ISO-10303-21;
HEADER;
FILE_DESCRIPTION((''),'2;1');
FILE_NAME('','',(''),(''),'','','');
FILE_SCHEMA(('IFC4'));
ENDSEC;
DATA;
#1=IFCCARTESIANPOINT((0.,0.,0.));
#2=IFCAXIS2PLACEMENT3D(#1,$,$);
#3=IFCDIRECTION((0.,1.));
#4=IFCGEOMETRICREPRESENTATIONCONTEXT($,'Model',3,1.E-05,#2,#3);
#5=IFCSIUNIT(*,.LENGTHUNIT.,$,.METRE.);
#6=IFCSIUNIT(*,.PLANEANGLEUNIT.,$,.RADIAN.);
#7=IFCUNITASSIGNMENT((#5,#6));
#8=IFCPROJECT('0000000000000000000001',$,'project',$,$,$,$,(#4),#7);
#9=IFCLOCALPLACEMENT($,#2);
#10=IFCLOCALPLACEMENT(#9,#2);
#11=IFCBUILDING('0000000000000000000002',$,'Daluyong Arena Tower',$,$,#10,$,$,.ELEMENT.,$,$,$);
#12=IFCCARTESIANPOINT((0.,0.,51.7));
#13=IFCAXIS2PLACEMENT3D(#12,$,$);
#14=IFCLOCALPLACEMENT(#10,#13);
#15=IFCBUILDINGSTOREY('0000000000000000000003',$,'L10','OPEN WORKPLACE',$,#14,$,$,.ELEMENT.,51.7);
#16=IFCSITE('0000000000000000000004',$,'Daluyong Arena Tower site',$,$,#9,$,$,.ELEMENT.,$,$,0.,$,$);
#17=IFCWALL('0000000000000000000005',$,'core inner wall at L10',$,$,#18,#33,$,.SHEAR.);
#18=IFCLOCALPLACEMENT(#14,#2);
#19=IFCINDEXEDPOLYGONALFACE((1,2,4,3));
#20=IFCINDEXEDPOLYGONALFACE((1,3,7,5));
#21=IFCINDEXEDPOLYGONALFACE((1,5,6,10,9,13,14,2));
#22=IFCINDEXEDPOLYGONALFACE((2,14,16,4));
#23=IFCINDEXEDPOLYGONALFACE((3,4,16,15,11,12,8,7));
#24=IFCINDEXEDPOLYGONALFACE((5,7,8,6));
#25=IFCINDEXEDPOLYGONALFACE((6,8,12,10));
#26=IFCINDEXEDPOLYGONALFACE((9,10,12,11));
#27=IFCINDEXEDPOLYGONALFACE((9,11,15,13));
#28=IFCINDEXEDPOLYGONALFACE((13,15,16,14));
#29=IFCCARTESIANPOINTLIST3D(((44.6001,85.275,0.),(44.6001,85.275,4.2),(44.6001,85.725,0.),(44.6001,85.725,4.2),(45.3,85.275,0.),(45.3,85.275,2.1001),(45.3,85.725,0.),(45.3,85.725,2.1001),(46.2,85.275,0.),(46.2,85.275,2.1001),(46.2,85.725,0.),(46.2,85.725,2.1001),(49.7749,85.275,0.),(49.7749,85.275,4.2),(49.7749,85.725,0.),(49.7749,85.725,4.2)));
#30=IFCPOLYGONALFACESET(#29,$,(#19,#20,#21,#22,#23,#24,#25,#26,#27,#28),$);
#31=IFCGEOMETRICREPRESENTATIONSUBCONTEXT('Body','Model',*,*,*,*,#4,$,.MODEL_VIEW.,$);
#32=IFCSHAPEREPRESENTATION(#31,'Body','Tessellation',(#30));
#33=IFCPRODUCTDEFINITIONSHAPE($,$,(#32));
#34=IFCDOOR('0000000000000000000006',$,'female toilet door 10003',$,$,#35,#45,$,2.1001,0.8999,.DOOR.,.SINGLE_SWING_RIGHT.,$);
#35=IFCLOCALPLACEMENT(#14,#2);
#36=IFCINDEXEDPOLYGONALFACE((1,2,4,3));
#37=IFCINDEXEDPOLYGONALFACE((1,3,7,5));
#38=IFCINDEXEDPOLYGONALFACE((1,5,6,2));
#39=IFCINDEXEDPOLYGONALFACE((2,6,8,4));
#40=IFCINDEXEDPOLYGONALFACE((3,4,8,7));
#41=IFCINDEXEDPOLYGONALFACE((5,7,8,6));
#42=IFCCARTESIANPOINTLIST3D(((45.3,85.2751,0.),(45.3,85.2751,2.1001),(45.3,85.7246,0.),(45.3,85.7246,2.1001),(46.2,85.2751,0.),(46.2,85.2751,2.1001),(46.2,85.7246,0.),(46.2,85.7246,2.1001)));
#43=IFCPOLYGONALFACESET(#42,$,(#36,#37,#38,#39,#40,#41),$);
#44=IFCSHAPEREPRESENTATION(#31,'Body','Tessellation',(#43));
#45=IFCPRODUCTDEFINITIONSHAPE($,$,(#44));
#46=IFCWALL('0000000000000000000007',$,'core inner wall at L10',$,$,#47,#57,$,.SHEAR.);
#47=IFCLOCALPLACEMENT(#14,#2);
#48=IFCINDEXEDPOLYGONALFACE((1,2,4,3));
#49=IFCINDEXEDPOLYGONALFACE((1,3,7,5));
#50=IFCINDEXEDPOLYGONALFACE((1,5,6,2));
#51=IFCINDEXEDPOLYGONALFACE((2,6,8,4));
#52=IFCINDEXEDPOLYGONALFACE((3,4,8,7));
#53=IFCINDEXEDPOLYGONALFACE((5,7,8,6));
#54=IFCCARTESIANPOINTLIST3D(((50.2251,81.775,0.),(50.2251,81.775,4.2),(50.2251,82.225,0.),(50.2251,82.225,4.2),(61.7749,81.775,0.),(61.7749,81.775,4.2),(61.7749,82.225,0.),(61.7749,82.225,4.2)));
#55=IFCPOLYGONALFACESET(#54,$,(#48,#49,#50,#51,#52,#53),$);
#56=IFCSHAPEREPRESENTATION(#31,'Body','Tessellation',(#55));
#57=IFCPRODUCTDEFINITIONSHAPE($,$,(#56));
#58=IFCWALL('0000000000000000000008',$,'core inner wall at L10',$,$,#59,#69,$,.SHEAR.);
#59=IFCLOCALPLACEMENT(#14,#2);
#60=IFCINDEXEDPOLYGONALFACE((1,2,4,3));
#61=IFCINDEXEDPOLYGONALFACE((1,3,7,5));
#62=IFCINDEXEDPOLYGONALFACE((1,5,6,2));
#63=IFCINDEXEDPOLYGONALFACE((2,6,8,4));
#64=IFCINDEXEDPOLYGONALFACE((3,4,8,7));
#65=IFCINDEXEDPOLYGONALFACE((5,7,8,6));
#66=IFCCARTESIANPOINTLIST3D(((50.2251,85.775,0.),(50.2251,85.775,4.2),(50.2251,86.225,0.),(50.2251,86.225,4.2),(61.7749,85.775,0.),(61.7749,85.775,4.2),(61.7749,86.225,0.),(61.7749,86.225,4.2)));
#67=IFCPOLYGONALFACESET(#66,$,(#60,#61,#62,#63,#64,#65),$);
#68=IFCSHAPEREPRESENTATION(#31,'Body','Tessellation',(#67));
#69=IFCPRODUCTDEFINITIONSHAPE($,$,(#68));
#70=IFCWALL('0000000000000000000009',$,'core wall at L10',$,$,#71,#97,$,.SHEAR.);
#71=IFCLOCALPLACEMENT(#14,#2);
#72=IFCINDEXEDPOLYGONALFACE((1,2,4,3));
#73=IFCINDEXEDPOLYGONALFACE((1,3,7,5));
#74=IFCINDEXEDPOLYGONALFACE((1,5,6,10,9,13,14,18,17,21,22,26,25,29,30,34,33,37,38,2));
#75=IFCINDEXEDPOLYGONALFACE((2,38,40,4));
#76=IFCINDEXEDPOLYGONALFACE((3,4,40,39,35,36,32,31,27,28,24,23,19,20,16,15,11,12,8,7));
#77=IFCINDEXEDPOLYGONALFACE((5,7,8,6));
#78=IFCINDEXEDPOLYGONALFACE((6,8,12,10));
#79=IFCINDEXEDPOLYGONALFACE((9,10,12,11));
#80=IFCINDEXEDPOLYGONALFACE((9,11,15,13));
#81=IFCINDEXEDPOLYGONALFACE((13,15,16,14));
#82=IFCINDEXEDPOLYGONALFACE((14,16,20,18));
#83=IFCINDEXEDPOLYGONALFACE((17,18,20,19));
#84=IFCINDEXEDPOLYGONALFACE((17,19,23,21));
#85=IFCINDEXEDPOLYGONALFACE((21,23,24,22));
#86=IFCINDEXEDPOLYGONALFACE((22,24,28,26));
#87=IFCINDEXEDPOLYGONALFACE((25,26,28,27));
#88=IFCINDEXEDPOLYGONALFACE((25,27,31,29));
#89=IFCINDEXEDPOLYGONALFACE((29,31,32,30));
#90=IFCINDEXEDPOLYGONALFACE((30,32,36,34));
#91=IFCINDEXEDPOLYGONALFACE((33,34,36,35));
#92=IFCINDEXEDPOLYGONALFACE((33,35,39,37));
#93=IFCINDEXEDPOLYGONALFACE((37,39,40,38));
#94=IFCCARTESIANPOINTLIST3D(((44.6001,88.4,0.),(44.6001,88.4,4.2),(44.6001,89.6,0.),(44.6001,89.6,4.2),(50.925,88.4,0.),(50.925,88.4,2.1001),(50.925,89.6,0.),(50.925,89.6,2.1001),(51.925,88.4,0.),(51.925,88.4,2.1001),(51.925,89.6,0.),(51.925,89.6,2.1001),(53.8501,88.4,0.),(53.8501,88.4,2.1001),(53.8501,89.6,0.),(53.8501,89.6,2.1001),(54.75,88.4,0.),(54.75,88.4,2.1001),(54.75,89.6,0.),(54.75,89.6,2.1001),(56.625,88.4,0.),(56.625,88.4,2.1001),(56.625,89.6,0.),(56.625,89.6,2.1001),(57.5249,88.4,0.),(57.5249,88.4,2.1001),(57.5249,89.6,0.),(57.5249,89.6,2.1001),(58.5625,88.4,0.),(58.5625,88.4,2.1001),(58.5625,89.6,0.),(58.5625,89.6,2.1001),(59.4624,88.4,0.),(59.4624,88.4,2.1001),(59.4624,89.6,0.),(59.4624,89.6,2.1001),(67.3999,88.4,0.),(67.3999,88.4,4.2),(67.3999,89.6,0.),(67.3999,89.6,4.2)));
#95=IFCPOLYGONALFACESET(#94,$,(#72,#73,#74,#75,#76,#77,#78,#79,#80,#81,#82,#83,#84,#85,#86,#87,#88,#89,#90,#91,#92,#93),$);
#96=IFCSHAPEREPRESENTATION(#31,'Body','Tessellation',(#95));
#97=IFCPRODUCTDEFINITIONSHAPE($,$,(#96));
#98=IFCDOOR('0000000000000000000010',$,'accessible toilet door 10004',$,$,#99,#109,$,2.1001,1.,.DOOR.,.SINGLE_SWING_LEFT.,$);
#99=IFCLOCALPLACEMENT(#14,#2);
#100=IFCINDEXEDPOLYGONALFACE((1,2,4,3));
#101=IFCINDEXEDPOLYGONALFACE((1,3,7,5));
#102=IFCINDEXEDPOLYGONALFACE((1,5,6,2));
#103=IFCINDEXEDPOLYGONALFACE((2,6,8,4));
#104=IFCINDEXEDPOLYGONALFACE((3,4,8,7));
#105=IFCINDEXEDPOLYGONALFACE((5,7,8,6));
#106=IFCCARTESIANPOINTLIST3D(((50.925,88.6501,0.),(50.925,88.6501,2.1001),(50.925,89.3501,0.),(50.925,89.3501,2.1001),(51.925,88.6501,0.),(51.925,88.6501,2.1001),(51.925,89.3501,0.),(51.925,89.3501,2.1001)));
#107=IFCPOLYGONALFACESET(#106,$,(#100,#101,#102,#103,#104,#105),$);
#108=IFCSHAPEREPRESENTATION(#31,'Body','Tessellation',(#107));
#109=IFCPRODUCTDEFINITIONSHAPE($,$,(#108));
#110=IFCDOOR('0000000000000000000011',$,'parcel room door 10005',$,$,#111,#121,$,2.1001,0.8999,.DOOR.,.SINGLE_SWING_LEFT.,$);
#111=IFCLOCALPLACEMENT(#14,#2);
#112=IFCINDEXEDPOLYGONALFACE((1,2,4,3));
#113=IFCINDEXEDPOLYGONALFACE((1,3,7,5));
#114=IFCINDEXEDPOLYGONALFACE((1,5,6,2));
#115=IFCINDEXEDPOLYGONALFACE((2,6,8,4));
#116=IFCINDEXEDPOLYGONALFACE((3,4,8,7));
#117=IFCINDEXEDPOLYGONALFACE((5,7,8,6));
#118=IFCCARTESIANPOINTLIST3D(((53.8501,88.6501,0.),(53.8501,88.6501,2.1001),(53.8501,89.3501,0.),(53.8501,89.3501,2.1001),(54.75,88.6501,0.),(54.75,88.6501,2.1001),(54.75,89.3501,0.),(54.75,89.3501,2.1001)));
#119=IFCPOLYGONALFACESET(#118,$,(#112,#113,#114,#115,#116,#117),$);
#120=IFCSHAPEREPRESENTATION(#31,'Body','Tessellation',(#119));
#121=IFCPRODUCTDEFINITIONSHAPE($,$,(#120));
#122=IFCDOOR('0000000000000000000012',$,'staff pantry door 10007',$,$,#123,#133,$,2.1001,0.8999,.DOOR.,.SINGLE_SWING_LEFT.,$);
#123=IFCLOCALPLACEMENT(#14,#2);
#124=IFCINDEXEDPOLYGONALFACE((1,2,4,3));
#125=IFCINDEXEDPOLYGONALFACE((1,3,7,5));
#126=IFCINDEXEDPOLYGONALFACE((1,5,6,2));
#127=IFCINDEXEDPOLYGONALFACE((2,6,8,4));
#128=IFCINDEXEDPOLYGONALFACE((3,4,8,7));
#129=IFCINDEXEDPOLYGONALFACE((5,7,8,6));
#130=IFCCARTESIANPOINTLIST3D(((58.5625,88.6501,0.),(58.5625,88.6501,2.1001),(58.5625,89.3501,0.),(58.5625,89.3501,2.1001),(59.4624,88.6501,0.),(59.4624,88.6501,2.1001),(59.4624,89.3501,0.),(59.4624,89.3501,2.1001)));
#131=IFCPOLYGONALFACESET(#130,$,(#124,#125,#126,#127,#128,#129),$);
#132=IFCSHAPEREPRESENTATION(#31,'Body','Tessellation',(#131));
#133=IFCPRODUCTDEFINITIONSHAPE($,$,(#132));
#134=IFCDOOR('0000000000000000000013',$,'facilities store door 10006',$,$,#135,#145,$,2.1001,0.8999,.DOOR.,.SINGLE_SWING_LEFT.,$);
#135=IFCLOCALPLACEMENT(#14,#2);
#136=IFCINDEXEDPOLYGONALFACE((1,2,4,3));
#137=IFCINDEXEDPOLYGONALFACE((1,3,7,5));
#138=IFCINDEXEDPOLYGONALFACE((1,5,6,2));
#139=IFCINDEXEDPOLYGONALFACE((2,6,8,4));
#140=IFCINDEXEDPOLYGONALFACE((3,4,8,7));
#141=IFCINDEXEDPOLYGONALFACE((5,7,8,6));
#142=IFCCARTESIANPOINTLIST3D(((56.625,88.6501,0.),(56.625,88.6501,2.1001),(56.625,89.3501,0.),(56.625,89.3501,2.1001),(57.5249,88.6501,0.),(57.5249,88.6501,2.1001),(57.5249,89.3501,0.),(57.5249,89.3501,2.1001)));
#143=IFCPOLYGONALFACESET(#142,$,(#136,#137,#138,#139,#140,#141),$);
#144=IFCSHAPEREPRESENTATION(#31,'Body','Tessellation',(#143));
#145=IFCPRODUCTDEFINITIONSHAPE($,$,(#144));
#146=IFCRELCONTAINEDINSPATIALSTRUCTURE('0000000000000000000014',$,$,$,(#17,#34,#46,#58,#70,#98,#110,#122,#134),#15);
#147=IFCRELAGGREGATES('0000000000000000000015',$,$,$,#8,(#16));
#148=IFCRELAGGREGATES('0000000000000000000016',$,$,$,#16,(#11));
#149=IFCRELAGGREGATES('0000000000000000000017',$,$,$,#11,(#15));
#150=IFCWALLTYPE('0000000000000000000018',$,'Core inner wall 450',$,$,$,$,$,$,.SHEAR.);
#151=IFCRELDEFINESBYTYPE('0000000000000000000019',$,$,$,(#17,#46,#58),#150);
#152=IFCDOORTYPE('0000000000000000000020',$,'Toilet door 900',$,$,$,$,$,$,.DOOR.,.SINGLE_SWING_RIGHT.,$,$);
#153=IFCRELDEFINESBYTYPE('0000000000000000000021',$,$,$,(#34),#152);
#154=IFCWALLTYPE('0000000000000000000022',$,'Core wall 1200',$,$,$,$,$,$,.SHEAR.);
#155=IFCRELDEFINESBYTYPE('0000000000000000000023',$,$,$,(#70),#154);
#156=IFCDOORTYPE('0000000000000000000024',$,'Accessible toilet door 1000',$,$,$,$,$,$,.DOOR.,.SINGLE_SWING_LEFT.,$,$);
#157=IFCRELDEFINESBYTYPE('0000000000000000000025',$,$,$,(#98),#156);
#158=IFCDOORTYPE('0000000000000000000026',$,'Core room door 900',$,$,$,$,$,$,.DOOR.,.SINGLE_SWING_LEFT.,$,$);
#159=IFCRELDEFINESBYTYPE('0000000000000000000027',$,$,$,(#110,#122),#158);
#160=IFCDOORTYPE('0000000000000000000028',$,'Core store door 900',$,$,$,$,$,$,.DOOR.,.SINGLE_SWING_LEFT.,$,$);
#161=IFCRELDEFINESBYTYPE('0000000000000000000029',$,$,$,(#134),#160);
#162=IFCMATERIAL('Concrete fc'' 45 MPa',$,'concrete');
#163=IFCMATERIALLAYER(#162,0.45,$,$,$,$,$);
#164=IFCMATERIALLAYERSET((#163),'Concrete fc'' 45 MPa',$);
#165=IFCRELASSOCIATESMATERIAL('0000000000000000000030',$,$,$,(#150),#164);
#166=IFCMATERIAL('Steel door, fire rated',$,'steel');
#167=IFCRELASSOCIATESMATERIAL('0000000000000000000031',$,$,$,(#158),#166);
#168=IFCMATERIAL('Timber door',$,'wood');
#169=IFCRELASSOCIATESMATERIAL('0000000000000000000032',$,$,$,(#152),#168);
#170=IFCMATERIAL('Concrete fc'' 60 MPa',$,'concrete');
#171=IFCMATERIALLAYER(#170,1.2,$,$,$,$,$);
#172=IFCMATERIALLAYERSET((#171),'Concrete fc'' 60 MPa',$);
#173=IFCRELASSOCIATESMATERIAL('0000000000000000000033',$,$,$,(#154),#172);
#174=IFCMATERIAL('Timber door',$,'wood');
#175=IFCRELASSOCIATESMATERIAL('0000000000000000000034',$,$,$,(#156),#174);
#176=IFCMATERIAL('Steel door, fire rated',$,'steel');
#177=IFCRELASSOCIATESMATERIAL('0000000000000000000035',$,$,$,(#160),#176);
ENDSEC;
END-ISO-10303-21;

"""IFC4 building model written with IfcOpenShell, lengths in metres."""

from ifc_helpers import new_model, si_unit, direction, frame, frame_2d, origin, place, context, subcontext, project, spatial, rectangle, extrude, material, layer, layer_set, type_object, element, fill, save


model = new_model("IFC4")

# Units and contexts
model_context = context("Model", 3, precision=1e-05, world=origin(), true_north=direction((0.0, 1.0)))
body_context = subcontext(model_context, "Body", "Model", "MODEL_VIEW")
ifc_project = project(units=[si_unit("LENGTHUNIT", "METRE"), si_unit("PLANEANGLEUNIT", "RADIAN")], contexts=[model_context])

# Site, building, storey
site_placement = place(None, origin())
site = spatial("IfcSite", under=ifc_project, at=site_placement, Name="Daluyong Arena Tower site", CompositionType="ELEMENT", RefElevation=0.0)
building_placement = place(site_placement, origin())
building = spatial("IfcBuilding", under=site, at=building_placement, Name="Daluyong Arena Tower", CompositionType="ELEMENT")
storey_placement = place(building_placement, frame((0.0, 0.0, 51.7)))
storey = spatial("IfcBuildingStorey", under=building, at=storey_placement, Name="L10", Description="OPEN WORKPLACE", CompositionType="ELEMENT", Elevation=51.7)

# Wall, opening, door
ifc_material_1 = material(Name="Concrete fc' 45 MPa", Category="concrete")
ifc_layer_1 = layer(ifc_material_1, 0.45)
ifc_layer_set_1 = layer_set([ifc_layer_1], Name="Concrete fc' 45 MPa")
wall_type_1 = type_object("IfcWallType", Name="Core inner wall 450", PredefinedType="SHEAR", material=ifc_layer_set_1)
ifc_material_2 = material(Name="Steel door, fire rated", Category="steel")
door_type_1 = type_object("IfcDoorType", Name="Core room door 900", OperationType="SINGLE_SWING_LEFT", PredefinedType="DOOR", material=ifc_material_2)
wall_1_placement = place(storey_placement, frame((44.6001, 85.5, 0.0), z_axis=(0.0, 0.0, 1.0), x_axis=(1.0, 0.0, 0.0)))
wall_1 = element("IfcWall", 1, at=wall_1_placement, inside=storey, type_object=wall_type_1, Name="core inner wall at L10", PredefinedType="SHEAR", context=body_context, shape_type="SweptSolid", body=[
    extrude(rectangle(XDim=5.1748, YDim=0.45, at=frame_2d((2.5874, 0.0))), origin(), (0.0, 0.0, 1.0), 4.2),
])
opening_1_placement = place(wall_1_placement, frame((0.7, 0.0, 0.0)))
opening_1 = element("IfcOpeningElement", 2, at=opening_1_placement, cuts=wall_1, PredefinedType="OPENING", context=body_context, shape_type="SweptSolid", body=[
    extrude(rectangle(XDim=0.8999, YDim=2.1001, at=frame_2d((0.45, 1.05))), frame((0.0, 0.2349, 0.0), z_axis=(0.0, -1.0, 0.0), x_axis=(1.0, 0.0, 0.0)), (0.0, 0.0, 1.0), 0.47),
])
ifc_material_3 = material(Name="Timber door", Category="wood")
door_type_2 = type_object("IfcDoorType", Name="Toilet door 900", OperationType="SINGLE_SWING_RIGHT", PredefinedType="DOOR", material=ifc_material_3)
door_1_placement = place(opening_1_placement, origin())
door_1 = element("IfcDoor", 3, at=door_1_placement, inside=storey, type_object=door_type_2, Name="female toilet door 10003", OperationType="SINGLE_SWING_RIGHT", OverallHeight=2.1001, OverallWidth=0.8999, PredefinedType="DOOR", context=body_context, shape_type="SweptSolid", body=[
    extrude(rectangle(XDim=0.8999, YDim=2.1001, at=frame_2d((0.45, 1.05))), frame((0.0, 0.2246, 0.0), z_axis=(0.0, -1.0, 0.0), x_axis=(1.0, 0.0, 0.0)), (0.0, 0.0, 1.0), 0.4495),
])
fill(opening_1, door_1)

# Walls
for number, where, z_axis, x_axis, name in (
    (4, (50.2251, 82.0, 0.0), (0.0, 0.0, 1.0), (1.0, 0.0, 0.0), "core inner wall at L10"),
    (5, (50.2251, 86.0, 0.0), (0.0, 0.0, 1.0), (1.0, 0.0, 0.0), "core inner wall at L10"),
):
    element("IfcWall", number, at=place(storey_placement, frame(where, z_axis=z_axis, x_axis=x_axis)), inside=storey, type_object=wall_type_1, Name=name, PredefinedType="SHEAR", context=body_context, shape_type="SweptSolid", body=[
        extrude(rectangle(XDim=11.5498, YDim=0.45, at=frame_2d((5.7749, 0.0))), origin(), (0.0, 0.0, 1.0), 4.2),
    ])

# Wall, openings, doors
ifc_material_4 = material(Name="Concrete fc' 60 MPa", Category="concrete")
ifc_layer_2 = layer(ifc_material_4, 1.2)
ifc_layer_set_2 = layer_set([ifc_layer_2], Name="Concrete fc' 60 MPa")
wall_type_2 = type_object("IfcWallType", Name="Core wall 1200", PredefinedType="SHEAR", material=ifc_layer_set_2)
wall_2_placement = place(storey_placement, frame((44.6001, 89.0, 0.0), z_axis=(0.0, 0.0, 1.0), x_axis=(1.0, 0.0, 0.0)))
wall_2 = element("IfcWall", 6, at=wall_2_placement, inside=storey, type_object=wall_type_2, Name="core wall at L10", PredefinedType="SHEAR", context=body_context, shape_type="SweptSolid", body=[
    extrude(rectangle(XDim=22.7998, YDim=1.2, at=frame_2d((11.3999, 0.0))), origin(), (0.0, 0.0, 1.0), 4.2),
])
opening_2_placement = place(wall_2_placement, frame((6.325, 0.0, 0.0)))
opening_2 = element("IfcOpeningElement", 7, at=opening_2_placement, cuts=wall_2, PredefinedType="OPENING", context=body_context, shape_type="SweptSolid", body=[
    extrude(rectangle(XDim=1.0, YDim=2.1001, at=frame_2d((0.5, 1.05))), frame((0.0, 0.6099, 0.0), z_axis=(0.0, -1.0, 0.0), x_axis=(1.0, 0.0, 0.0)), (0.0, 0.0, 1.0), 1.22),
])
opening_3_placement = place(wall_2_placement, frame((9.25, 0.0, 0.0)))
opening_3 = element("IfcOpeningElement", 8, at=opening_3_placement, cuts=wall_2, PredefinedType="OPENING", context=body_context, shape_type="SweptSolid", body=[
    extrude(rectangle(XDim=0.8999, YDim=2.1001, at=frame_2d((0.45, 1.05))), frame((0.0, 0.6099, 0.0), z_axis=(0.0, -1.0, 0.0), x_axis=(1.0, 0.0, 0.0)), (0.0, 0.0, 1.0), 1.22),
])
opening_4_placement = place(wall_2_placement, frame((12.0249, 0.0, 0.0)))
opening_4 = element("IfcOpeningElement", 9, at=opening_4_placement, cuts=wall_2, PredefinedType="OPENING", context=body_context, shape_type="SweptSolid", body=[
    extrude(rectangle(XDim=0.8999, YDim=2.1001, at=frame_2d((0.45, 1.05))), frame((0.0, 0.6099, 0.0), z_axis=(0.0, -1.0, 0.0), x_axis=(1.0, 0.0, 0.0)), (0.0, 0.0, 1.0), 1.22),
])
opening_5_placement = place(wall_2_placement, frame((13.9624, 0.0, 0.0)))
opening_5 = element("IfcOpeningElement", 10, at=opening_5_placement, cuts=wall_2, PredefinedType="OPENING", context=body_context, shape_type="SweptSolid", body=[
    extrude(rectangle(XDim=0.8999, YDim=2.1001, at=frame_2d((0.45, 1.05))), frame((0.0, 0.6099, 0.0), z_axis=(0.0, -1.0, 0.0), x_axis=(1.0, 0.0, 0.0)), (0.0, 0.0, 1.0), 1.22),
])
ifc_material_5 = material(Name="Timber door", Category="wood")
door_type_3 = type_object("IfcDoorType", Name="Accessible toilet door 1000", OperationType="SINGLE_SWING_LEFT", PredefinedType="DOOR", material=ifc_material_5)
door_2_placement = place(opening_2_placement, origin())
door_2 = element("IfcDoor", 11, at=door_2_placement, inside=storey, type_object=door_type_3, Name="accessible toilet door 10004", OperationType="SINGLE_SWING_LEFT", OverallHeight=2.1001, OverallWidth=1.0, PredefinedType="DOOR", context=body_context, shape_type="SweptSolid", body=[
    extrude(rectangle(XDim=1.0, YDim=2.1001, at=frame_2d((0.5, 1.05))), frame((0.0, 0.3501, 0.0), z_axis=(0.0, -1.0, 0.0), x_axis=(1.0, 0.0, 0.0)), (0.0, 0.0, 1.0), 0.7),
])
fill(opening_2, door_2)
door_3_placement = place(opening_3_placement, origin())
door_3 = element("IfcDoor", 12, at=door_3_placement, inside=storey, type_object=door_type_1, Name="parcel room door 10005", OperationType="SINGLE_SWING_LEFT", OverallHeight=2.1001, OverallWidth=0.8999, PredefinedType="DOOR", context=body_context, shape_type="SweptSolid", body=[
    extrude(rectangle(XDim=0.8999, YDim=2.1001, at=frame_2d((0.45, 1.05))), frame((0.0, 0.3501, 0.0), z_axis=(0.0, -1.0, 0.0), x_axis=(1.0, 0.0, 0.0)), (0.0, 0.0, 1.0), 0.7),
])
fill(opening_3, door_3)
door_4_placement = place(opening_5_placement, origin())
door_4 = element("IfcDoor", 13, at=door_4_placement, inside=storey, type_object=door_type_1, Name="staff pantry door 10007", OperationType="SINGLE_SWING_LEFT", OverallHeight=2.1001, OverallWidth=0.8999, PredefinedType="DOOR", context=body_context, shape_type="SweptSolid", body=[
    extrude(rectangle(XDim=0.8999, YDim=2.1001, at=frame_2d((0.45, 1.05))), frame((0.0, 0.3501, 0.0), z_axis=(0.0, -1.0, 0.0), x_axis=(1.0, 0.0, 0.0)), (0.0, 0.0, 1.0), 0.7),
])
fill(opening_5, door_4)
ifc_material_6 = material(Name="Steel door, fire rated", Category="steel")
door_type_4 = type_object("IfcDoorType", Name="Core store door 900", OperationType="SINGLE_SWING_LEFT", PredefinedType="DOOR", material=ifc_material_6)
door_5_placement = place(opening_4_placement, origin())
door_5 = element("IfcDoor", 14, at=door_5_placement, inside=storey, type_object=door_type_4, Name="facilities store door 10006", OperationType="SINGLE_SWING_LEFT", OverallHeight=2.1001, OverallWidth=0.8999, PredefinedType="DOOR", context=body_context, shape_type="SweptSolid", body=[
    extrude(rectangle(XDim=0.8999, YDim=2.1001, at=frame_2d((0.45, 1.05))), frame((0.0, 0.3501, 0.0), z_axis=(0.0, -1.0, 0.0), x_axis=(1.0, 0.0, 0.0)), (0.0, 0.0, 1.0), 0.7),
])
fill(opening_4, door_5)

save(model, "model.ifc")
